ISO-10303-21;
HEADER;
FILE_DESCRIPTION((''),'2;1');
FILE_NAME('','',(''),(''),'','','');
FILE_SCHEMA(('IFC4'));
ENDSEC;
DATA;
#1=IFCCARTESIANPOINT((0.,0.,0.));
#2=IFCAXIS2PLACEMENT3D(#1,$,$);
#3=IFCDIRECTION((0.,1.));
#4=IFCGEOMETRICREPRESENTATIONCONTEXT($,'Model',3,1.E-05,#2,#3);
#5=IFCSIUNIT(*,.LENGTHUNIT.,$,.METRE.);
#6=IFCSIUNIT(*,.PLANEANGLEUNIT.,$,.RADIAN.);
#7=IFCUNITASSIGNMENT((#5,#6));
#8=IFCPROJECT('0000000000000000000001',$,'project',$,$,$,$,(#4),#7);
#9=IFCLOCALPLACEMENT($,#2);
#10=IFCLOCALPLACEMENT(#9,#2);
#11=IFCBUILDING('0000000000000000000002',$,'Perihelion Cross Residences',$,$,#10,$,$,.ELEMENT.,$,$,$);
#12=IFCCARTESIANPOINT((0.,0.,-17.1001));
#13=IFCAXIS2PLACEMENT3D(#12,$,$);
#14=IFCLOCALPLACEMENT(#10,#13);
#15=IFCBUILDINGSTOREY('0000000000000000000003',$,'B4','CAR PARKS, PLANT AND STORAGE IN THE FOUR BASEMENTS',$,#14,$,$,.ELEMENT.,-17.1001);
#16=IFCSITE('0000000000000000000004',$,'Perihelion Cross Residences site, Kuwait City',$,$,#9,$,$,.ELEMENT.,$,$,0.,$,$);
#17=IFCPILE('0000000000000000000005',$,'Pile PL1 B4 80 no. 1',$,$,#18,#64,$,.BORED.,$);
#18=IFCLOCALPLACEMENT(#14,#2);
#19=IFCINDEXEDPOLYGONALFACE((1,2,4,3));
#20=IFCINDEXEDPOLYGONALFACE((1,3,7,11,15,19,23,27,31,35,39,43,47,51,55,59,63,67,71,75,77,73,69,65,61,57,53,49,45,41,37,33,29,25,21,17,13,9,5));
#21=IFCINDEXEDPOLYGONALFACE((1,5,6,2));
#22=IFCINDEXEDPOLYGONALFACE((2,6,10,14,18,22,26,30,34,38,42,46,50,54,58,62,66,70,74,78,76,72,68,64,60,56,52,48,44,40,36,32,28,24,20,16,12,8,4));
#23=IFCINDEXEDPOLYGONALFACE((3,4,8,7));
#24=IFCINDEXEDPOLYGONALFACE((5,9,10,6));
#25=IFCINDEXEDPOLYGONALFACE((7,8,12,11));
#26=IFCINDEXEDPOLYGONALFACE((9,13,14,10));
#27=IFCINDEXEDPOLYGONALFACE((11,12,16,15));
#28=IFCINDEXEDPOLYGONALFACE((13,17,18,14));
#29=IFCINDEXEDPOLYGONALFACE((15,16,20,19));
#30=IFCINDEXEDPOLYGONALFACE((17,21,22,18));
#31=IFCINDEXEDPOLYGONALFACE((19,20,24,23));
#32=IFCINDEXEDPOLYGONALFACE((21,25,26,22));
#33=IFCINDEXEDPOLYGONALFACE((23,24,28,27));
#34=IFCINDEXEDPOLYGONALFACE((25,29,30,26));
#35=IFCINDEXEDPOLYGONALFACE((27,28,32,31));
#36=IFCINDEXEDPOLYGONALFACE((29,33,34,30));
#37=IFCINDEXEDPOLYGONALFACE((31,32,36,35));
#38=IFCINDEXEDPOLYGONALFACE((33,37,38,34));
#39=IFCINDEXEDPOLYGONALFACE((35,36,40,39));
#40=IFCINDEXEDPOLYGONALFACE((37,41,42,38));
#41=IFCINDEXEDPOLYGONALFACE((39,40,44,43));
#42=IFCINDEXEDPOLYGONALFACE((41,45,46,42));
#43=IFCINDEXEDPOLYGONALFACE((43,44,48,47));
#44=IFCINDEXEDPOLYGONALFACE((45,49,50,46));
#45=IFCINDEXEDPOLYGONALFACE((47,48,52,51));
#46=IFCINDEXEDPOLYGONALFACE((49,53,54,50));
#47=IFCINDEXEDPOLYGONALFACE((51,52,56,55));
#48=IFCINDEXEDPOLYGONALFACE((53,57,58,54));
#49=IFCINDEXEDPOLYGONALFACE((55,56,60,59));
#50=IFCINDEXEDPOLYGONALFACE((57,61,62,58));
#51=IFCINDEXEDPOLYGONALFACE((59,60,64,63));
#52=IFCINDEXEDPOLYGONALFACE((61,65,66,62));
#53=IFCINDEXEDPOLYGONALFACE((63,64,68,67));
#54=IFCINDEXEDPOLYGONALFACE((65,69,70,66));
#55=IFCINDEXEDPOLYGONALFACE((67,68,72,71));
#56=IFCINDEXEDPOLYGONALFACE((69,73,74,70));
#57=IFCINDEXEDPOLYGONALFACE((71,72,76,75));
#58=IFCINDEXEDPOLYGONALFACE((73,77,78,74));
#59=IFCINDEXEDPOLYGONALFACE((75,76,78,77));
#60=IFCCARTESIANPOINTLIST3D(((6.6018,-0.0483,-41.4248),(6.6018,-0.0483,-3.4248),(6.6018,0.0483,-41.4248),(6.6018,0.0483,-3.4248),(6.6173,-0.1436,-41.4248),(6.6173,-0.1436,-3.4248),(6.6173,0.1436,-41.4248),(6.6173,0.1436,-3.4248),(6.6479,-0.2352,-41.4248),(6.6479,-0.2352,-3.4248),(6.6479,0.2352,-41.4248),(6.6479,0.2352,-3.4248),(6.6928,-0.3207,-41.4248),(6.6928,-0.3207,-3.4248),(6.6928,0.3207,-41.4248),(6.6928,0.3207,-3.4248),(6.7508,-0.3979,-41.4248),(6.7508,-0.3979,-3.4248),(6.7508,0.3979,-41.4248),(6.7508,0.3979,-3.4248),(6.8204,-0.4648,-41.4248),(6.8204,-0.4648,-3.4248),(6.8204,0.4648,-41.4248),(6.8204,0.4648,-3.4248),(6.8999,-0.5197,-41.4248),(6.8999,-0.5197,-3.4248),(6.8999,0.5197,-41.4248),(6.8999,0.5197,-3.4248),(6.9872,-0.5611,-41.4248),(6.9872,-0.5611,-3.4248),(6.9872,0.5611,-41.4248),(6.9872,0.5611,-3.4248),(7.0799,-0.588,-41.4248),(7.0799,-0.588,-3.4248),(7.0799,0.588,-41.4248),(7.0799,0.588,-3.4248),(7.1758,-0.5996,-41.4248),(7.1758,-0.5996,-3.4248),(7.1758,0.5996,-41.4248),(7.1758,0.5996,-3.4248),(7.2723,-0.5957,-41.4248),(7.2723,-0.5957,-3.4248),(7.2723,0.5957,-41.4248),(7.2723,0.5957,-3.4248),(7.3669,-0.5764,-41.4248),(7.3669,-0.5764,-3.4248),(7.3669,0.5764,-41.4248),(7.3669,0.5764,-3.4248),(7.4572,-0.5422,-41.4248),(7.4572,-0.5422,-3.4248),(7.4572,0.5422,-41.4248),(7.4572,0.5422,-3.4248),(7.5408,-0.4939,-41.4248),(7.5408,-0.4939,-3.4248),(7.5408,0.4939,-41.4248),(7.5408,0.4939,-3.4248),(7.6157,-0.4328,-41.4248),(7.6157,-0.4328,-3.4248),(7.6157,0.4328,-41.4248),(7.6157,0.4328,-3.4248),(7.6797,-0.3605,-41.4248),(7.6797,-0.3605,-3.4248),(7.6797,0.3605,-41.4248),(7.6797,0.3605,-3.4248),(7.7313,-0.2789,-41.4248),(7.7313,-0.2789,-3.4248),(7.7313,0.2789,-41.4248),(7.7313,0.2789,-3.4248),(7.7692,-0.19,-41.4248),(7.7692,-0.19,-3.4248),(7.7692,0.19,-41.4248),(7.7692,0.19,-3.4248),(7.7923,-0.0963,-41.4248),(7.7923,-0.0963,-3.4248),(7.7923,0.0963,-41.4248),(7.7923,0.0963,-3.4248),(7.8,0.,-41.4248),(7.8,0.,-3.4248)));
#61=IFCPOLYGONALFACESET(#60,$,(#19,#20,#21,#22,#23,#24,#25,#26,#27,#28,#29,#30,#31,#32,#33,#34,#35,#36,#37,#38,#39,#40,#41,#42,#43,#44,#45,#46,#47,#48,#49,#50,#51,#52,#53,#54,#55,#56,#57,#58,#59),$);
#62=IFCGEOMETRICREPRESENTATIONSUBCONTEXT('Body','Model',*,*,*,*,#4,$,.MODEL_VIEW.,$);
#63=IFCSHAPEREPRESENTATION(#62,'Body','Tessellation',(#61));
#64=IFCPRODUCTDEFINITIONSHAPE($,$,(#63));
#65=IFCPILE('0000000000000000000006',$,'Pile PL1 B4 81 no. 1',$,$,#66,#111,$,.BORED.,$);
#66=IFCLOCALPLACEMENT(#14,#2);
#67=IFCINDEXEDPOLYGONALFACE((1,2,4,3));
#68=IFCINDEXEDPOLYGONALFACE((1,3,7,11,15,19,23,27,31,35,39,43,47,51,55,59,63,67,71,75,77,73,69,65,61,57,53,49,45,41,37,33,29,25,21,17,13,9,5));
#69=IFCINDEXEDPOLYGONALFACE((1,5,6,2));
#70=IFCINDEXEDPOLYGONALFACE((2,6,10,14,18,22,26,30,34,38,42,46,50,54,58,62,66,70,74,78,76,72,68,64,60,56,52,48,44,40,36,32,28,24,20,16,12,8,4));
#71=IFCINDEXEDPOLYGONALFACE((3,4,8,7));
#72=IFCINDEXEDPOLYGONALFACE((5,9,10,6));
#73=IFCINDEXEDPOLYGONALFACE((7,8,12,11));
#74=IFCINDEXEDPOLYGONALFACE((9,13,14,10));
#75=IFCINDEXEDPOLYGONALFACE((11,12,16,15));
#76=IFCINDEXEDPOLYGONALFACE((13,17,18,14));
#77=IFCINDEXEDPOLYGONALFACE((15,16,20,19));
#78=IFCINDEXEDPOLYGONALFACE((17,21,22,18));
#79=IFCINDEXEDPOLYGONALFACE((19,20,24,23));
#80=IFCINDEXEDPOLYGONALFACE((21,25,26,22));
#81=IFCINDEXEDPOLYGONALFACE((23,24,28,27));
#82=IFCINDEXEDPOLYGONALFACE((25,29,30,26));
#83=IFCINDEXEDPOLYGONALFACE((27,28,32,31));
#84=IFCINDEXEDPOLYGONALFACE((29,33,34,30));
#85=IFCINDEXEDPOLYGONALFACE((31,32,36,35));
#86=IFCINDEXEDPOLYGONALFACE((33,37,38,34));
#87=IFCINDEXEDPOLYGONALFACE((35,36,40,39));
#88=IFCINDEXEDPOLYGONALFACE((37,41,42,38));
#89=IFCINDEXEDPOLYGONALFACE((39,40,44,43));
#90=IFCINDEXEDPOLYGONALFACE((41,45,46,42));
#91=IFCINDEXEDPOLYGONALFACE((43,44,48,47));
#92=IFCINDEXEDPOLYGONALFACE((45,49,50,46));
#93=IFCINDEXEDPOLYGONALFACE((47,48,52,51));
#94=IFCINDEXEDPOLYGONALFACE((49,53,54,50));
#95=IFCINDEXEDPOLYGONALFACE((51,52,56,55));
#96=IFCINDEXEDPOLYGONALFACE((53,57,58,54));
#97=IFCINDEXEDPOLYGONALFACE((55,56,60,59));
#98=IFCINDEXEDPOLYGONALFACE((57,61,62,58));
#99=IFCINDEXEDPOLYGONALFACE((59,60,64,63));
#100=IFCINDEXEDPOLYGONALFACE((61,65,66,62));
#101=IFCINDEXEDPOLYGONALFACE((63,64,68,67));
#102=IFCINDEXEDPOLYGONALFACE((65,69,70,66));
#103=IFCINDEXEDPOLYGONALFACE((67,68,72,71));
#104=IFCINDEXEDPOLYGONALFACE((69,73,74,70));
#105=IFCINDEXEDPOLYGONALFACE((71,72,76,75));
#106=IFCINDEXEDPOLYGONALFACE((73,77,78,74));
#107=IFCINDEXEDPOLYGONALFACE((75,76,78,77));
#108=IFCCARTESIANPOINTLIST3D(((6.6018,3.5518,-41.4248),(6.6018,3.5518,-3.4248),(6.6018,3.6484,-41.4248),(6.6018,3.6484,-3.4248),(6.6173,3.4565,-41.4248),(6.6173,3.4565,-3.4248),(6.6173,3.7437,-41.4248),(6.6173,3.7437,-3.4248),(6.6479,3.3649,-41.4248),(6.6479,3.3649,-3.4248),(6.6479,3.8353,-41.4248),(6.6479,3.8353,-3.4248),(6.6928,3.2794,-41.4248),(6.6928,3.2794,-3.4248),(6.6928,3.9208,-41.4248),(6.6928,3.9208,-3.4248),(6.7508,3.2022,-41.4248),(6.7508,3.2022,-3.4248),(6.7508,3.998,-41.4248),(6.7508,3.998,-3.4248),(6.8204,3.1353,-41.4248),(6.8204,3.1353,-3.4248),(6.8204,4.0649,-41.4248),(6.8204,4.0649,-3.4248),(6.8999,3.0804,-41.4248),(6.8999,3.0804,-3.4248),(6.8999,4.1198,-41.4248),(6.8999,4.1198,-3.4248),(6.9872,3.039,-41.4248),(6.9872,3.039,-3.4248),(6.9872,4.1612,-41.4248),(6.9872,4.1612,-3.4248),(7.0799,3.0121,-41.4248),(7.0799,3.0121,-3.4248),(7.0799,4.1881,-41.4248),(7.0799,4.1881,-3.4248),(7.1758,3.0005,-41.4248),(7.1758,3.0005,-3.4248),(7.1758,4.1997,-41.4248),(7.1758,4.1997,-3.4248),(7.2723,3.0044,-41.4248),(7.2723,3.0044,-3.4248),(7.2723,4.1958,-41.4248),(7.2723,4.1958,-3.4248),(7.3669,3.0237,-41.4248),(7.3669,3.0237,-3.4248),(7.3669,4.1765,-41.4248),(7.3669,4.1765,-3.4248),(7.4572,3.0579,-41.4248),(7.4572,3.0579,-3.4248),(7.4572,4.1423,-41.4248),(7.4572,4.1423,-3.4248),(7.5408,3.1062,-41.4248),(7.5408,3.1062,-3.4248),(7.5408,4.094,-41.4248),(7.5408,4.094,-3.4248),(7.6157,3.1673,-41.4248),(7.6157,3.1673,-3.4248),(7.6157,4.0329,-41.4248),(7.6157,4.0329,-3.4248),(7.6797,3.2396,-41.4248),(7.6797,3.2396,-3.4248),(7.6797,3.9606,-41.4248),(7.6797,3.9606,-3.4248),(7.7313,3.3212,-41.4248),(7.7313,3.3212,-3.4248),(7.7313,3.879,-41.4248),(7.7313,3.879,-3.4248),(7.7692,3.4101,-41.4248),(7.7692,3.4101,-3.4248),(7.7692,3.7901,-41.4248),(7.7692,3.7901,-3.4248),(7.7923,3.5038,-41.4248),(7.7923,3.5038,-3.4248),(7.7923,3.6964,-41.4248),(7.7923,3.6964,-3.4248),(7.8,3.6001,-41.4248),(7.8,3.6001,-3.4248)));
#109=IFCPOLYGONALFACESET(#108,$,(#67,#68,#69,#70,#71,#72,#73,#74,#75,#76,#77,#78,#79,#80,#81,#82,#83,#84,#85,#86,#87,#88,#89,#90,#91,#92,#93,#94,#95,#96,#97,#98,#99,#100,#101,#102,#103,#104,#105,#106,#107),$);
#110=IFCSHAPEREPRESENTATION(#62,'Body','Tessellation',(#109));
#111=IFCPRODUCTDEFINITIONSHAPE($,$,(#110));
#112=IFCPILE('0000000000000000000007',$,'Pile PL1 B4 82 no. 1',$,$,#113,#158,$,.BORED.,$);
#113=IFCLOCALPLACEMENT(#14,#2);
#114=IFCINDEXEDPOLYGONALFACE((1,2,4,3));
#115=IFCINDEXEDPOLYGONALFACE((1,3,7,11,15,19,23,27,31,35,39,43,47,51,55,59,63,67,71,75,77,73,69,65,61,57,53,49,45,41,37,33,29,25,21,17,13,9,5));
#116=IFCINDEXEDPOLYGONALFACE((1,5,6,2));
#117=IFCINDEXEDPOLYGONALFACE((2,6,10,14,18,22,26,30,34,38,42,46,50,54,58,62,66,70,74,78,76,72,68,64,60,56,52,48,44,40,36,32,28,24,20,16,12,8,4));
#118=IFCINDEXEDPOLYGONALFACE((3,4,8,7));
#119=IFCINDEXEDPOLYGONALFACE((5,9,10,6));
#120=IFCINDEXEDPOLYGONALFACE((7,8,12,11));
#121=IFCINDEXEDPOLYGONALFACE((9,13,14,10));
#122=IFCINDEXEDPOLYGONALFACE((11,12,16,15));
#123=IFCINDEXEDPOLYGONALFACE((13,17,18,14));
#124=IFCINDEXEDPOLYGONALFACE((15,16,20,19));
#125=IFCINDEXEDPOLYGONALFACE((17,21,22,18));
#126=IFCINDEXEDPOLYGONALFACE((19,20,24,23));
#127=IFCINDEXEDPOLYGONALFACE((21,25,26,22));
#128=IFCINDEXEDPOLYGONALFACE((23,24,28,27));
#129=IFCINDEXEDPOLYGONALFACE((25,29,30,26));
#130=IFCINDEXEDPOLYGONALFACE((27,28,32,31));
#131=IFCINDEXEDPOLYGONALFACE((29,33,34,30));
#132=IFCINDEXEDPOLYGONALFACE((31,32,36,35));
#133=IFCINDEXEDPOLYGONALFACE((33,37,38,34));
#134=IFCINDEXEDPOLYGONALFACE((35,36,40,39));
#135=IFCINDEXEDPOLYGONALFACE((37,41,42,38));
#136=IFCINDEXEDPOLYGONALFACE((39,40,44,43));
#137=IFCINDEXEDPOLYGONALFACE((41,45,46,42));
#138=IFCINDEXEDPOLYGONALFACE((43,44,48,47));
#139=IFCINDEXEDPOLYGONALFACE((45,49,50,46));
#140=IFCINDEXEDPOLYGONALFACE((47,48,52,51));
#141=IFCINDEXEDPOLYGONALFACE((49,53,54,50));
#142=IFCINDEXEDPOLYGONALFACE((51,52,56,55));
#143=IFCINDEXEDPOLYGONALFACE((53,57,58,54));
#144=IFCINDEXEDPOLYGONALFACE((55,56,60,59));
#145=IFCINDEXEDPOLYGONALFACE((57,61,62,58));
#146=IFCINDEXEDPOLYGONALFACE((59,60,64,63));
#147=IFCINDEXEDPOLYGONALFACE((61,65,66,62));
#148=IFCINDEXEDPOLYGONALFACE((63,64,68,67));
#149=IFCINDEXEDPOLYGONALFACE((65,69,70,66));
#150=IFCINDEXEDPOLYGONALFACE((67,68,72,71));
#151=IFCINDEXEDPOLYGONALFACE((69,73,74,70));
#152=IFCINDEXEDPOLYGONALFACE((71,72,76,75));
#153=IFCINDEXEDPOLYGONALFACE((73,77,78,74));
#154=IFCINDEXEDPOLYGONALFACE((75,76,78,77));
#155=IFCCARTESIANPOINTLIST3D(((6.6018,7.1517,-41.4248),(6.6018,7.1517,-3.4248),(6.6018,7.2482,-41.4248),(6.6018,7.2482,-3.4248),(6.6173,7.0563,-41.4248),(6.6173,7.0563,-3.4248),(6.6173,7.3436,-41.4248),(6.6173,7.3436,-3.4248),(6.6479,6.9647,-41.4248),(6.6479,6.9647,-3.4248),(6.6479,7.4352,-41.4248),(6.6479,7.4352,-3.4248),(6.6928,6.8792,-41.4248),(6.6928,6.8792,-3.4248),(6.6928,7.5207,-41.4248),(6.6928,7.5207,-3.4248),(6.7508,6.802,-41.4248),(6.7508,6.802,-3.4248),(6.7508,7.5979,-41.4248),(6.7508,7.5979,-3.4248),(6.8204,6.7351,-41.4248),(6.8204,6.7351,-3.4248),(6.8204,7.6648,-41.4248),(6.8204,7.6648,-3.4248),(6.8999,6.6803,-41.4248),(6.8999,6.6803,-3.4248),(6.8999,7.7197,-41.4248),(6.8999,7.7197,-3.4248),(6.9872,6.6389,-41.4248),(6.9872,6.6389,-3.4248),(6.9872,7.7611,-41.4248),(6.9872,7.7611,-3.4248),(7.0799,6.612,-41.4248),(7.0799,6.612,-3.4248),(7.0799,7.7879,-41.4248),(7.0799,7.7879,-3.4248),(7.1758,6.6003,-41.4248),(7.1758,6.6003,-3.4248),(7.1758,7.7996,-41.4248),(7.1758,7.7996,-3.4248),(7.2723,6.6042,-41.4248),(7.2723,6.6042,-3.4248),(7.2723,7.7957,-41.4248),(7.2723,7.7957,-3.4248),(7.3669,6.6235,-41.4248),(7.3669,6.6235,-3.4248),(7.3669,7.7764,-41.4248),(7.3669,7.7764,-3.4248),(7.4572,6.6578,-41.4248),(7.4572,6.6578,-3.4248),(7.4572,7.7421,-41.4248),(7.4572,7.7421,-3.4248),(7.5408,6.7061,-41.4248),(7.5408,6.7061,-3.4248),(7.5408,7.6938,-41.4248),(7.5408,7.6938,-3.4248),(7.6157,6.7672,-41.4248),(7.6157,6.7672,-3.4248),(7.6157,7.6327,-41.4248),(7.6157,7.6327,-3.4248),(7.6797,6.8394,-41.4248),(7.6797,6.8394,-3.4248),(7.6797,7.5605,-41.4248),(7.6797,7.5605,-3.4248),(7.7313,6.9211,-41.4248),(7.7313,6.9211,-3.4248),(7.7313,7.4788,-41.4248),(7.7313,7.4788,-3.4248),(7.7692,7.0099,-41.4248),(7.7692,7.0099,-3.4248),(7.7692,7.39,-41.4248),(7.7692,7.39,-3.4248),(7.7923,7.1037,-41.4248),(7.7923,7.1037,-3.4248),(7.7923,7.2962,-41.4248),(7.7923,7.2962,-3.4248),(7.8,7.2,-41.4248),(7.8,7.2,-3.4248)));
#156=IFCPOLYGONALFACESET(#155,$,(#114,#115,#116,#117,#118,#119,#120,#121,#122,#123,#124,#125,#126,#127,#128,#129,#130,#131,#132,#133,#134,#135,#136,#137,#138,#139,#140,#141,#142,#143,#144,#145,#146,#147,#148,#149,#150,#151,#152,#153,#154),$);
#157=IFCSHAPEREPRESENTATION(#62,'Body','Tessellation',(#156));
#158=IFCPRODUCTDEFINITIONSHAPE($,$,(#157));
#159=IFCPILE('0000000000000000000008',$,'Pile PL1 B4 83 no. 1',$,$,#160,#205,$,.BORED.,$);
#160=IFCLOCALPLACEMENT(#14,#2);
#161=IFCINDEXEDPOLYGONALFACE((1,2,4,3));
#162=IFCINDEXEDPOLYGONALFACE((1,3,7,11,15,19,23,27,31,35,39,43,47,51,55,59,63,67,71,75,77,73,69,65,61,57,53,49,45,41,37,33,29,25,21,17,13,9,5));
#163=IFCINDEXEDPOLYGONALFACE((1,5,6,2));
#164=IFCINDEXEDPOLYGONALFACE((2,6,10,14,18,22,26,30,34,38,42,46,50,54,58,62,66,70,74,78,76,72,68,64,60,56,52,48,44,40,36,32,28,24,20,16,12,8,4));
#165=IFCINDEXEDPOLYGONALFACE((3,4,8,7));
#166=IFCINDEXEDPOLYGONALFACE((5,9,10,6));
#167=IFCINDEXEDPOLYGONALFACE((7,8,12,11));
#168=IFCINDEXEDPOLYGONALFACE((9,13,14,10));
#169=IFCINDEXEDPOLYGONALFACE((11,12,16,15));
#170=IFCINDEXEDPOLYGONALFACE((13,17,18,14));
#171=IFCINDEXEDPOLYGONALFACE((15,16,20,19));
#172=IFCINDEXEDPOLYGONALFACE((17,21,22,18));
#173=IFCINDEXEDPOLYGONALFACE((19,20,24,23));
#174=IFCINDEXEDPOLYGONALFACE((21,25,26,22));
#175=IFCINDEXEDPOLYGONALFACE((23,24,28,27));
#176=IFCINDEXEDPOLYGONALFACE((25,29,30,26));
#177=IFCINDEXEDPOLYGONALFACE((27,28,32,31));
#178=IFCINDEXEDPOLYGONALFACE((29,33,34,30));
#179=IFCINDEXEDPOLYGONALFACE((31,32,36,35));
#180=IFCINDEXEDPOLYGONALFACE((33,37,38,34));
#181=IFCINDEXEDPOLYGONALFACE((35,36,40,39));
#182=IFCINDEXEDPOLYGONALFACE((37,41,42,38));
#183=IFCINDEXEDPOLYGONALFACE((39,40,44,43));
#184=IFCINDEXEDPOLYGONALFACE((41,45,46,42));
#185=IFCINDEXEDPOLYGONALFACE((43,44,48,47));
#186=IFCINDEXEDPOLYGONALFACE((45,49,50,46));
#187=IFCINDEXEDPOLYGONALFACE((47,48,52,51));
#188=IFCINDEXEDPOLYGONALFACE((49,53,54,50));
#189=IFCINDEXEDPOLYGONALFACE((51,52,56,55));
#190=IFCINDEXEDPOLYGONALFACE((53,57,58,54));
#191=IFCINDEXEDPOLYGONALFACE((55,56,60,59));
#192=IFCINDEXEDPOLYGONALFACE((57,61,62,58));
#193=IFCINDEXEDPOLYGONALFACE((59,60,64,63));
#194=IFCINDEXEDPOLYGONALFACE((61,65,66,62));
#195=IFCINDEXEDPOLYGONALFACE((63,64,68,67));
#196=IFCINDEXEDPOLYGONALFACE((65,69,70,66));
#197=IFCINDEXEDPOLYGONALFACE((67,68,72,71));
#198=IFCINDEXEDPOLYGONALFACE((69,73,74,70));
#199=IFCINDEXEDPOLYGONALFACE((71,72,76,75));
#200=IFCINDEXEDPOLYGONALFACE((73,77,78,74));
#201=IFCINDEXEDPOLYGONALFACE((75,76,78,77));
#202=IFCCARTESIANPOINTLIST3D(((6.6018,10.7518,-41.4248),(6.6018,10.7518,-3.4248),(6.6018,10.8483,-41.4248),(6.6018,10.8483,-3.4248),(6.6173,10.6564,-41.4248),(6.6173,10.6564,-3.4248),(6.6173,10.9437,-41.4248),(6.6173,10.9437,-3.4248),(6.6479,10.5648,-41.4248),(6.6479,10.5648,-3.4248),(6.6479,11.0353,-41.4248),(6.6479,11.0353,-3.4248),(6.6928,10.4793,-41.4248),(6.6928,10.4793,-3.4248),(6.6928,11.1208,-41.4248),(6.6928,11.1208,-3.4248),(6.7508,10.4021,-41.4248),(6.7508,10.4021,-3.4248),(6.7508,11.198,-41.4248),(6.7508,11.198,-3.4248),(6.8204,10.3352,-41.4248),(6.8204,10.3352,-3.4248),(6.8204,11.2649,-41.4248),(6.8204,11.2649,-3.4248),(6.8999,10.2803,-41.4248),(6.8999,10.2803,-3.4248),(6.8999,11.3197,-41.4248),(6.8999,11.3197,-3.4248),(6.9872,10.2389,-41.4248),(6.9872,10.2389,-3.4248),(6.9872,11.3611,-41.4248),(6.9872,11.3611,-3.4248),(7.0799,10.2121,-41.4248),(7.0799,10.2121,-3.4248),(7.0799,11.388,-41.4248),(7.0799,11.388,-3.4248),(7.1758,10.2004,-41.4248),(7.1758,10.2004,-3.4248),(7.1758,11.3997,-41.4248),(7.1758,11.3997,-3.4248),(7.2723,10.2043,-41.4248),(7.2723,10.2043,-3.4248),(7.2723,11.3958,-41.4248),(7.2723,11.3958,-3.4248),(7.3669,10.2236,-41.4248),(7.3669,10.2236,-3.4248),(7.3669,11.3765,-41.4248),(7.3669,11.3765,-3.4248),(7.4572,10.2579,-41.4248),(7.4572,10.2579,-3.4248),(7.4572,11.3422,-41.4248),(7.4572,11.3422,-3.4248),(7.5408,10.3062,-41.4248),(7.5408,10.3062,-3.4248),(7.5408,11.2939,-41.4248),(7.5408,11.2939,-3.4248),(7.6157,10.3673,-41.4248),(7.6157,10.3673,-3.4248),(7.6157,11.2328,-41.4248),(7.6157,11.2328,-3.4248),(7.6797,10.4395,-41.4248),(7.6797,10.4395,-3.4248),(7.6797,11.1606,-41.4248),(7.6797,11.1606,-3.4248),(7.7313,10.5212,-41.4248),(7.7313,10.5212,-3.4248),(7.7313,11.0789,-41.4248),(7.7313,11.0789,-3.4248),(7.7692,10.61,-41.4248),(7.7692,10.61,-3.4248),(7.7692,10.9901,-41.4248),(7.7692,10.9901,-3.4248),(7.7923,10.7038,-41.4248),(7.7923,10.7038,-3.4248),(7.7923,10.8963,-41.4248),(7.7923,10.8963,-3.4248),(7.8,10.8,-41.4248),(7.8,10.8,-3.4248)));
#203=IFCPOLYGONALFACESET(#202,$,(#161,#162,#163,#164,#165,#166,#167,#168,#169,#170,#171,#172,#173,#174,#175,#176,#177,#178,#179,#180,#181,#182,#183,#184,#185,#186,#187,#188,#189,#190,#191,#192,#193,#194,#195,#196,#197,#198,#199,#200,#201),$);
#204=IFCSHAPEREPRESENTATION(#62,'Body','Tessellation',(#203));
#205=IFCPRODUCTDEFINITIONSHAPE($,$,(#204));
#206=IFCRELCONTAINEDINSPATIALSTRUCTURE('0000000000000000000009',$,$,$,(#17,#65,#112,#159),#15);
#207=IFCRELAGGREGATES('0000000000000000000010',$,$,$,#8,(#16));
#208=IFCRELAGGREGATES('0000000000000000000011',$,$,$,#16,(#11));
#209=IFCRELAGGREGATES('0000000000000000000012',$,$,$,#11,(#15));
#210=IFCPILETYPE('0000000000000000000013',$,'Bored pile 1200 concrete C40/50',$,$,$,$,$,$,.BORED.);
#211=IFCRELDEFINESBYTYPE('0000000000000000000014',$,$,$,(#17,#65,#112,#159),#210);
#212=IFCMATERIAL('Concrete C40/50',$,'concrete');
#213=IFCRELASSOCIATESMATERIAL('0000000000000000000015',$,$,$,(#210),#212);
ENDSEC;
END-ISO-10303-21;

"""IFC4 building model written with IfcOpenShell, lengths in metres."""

from ifc_helpers import new_model, si_unit, direction, frame, origin, origin_2d, place, context, subcontext, project, spatial, circle, extrude, material, type_object, element, save


model = new_model("IFC4")

# Units and contexts
model_context = context("Model", 3, precision=1e-05, world=origin(), true_north=direction((0.0, 1.0)))
body_context = subcontext(model_context, "Body", "Model", "MODEL_VIEW")
ifc_project = project(units=[si_unit("LENGTHUNIT", "METRE"), si_unit("PLANEANGLEUNIT", "RADIAN")], contexts=[model_context])

# Site, building, storey
site_placement = place(None, origin())
site = spatial("IfcSite", under=ifc_project, at=site_placement, Name="Perihelion Cross Residences site, Kuwait City", CompositionType="ELEMENT", RefElevation=0.0)
building_placement = place(site_placement, origin())
building = spatial("IfcBuilding", under=site, at=building_placement, Name="Perihelion Cross Residences", CompositionType="ELEMENT")
storey_placement = place(building_placement, frame((0.0, 0.0, -17.1001)))
storey = spatial("IfcBuildingStorey", under=building, at=storey_placement, Name="B4", Description="CAR PARKS, PLANT AND STORAGE IN THE FOUR BASEMENTS", CompositionType="ELEMENT", Elevation=-17.1001)

# Piles
ifc_material_1 = material(Name="Concrete C40/50", Category="concrete")
pile_type = type_object("IfcPileType", Name="Bored pile 1200 concrete C40/50", PredefinedType="BORED", material=ifc_material_1)
for number, where, z_axis, x_axis, name in (
    (1, (7.2, 0.0, -3.4248), (0.0, 0.0, -1.0), (1.0, 0.0, 0.0), "Pile PL1 B4 80 no. 1"),
    (2, (7.2, 3.6001, -3.4248), (0.0, 0.0, -1.0), (1.0, 0.0, 0.0), "Pile PL1 B4 81 no. 1"),
    (3, (7.2, 7.2, -3.4248), (0.0, 0.0, -1.0), (1.0, 0.0, 0.0), "Pile PL1 B4 82 no. 1"),
    (4, (7.2, 10.8, -3.4248), (0.0, 0.0, -1.0), (1.0, 0.0, 0.0), "Pile PL1 B4 83 no. 1"),
):
    element("IfcPile", number, at=place(storey_placement, frame(where, z_axis=z_axis, x_axis=x_axis)), inside=storey, type_object=pile_type, Name=name, PredefinedType="BORED", context=body_context, shape_type="SweptSolid", body=[
        extrude(circle(Radius=0.6001, at=origin_2d()), origin(), (0.0, 0.0, 1.0), 38.0),
    ])

save(model, "model.ifc")
